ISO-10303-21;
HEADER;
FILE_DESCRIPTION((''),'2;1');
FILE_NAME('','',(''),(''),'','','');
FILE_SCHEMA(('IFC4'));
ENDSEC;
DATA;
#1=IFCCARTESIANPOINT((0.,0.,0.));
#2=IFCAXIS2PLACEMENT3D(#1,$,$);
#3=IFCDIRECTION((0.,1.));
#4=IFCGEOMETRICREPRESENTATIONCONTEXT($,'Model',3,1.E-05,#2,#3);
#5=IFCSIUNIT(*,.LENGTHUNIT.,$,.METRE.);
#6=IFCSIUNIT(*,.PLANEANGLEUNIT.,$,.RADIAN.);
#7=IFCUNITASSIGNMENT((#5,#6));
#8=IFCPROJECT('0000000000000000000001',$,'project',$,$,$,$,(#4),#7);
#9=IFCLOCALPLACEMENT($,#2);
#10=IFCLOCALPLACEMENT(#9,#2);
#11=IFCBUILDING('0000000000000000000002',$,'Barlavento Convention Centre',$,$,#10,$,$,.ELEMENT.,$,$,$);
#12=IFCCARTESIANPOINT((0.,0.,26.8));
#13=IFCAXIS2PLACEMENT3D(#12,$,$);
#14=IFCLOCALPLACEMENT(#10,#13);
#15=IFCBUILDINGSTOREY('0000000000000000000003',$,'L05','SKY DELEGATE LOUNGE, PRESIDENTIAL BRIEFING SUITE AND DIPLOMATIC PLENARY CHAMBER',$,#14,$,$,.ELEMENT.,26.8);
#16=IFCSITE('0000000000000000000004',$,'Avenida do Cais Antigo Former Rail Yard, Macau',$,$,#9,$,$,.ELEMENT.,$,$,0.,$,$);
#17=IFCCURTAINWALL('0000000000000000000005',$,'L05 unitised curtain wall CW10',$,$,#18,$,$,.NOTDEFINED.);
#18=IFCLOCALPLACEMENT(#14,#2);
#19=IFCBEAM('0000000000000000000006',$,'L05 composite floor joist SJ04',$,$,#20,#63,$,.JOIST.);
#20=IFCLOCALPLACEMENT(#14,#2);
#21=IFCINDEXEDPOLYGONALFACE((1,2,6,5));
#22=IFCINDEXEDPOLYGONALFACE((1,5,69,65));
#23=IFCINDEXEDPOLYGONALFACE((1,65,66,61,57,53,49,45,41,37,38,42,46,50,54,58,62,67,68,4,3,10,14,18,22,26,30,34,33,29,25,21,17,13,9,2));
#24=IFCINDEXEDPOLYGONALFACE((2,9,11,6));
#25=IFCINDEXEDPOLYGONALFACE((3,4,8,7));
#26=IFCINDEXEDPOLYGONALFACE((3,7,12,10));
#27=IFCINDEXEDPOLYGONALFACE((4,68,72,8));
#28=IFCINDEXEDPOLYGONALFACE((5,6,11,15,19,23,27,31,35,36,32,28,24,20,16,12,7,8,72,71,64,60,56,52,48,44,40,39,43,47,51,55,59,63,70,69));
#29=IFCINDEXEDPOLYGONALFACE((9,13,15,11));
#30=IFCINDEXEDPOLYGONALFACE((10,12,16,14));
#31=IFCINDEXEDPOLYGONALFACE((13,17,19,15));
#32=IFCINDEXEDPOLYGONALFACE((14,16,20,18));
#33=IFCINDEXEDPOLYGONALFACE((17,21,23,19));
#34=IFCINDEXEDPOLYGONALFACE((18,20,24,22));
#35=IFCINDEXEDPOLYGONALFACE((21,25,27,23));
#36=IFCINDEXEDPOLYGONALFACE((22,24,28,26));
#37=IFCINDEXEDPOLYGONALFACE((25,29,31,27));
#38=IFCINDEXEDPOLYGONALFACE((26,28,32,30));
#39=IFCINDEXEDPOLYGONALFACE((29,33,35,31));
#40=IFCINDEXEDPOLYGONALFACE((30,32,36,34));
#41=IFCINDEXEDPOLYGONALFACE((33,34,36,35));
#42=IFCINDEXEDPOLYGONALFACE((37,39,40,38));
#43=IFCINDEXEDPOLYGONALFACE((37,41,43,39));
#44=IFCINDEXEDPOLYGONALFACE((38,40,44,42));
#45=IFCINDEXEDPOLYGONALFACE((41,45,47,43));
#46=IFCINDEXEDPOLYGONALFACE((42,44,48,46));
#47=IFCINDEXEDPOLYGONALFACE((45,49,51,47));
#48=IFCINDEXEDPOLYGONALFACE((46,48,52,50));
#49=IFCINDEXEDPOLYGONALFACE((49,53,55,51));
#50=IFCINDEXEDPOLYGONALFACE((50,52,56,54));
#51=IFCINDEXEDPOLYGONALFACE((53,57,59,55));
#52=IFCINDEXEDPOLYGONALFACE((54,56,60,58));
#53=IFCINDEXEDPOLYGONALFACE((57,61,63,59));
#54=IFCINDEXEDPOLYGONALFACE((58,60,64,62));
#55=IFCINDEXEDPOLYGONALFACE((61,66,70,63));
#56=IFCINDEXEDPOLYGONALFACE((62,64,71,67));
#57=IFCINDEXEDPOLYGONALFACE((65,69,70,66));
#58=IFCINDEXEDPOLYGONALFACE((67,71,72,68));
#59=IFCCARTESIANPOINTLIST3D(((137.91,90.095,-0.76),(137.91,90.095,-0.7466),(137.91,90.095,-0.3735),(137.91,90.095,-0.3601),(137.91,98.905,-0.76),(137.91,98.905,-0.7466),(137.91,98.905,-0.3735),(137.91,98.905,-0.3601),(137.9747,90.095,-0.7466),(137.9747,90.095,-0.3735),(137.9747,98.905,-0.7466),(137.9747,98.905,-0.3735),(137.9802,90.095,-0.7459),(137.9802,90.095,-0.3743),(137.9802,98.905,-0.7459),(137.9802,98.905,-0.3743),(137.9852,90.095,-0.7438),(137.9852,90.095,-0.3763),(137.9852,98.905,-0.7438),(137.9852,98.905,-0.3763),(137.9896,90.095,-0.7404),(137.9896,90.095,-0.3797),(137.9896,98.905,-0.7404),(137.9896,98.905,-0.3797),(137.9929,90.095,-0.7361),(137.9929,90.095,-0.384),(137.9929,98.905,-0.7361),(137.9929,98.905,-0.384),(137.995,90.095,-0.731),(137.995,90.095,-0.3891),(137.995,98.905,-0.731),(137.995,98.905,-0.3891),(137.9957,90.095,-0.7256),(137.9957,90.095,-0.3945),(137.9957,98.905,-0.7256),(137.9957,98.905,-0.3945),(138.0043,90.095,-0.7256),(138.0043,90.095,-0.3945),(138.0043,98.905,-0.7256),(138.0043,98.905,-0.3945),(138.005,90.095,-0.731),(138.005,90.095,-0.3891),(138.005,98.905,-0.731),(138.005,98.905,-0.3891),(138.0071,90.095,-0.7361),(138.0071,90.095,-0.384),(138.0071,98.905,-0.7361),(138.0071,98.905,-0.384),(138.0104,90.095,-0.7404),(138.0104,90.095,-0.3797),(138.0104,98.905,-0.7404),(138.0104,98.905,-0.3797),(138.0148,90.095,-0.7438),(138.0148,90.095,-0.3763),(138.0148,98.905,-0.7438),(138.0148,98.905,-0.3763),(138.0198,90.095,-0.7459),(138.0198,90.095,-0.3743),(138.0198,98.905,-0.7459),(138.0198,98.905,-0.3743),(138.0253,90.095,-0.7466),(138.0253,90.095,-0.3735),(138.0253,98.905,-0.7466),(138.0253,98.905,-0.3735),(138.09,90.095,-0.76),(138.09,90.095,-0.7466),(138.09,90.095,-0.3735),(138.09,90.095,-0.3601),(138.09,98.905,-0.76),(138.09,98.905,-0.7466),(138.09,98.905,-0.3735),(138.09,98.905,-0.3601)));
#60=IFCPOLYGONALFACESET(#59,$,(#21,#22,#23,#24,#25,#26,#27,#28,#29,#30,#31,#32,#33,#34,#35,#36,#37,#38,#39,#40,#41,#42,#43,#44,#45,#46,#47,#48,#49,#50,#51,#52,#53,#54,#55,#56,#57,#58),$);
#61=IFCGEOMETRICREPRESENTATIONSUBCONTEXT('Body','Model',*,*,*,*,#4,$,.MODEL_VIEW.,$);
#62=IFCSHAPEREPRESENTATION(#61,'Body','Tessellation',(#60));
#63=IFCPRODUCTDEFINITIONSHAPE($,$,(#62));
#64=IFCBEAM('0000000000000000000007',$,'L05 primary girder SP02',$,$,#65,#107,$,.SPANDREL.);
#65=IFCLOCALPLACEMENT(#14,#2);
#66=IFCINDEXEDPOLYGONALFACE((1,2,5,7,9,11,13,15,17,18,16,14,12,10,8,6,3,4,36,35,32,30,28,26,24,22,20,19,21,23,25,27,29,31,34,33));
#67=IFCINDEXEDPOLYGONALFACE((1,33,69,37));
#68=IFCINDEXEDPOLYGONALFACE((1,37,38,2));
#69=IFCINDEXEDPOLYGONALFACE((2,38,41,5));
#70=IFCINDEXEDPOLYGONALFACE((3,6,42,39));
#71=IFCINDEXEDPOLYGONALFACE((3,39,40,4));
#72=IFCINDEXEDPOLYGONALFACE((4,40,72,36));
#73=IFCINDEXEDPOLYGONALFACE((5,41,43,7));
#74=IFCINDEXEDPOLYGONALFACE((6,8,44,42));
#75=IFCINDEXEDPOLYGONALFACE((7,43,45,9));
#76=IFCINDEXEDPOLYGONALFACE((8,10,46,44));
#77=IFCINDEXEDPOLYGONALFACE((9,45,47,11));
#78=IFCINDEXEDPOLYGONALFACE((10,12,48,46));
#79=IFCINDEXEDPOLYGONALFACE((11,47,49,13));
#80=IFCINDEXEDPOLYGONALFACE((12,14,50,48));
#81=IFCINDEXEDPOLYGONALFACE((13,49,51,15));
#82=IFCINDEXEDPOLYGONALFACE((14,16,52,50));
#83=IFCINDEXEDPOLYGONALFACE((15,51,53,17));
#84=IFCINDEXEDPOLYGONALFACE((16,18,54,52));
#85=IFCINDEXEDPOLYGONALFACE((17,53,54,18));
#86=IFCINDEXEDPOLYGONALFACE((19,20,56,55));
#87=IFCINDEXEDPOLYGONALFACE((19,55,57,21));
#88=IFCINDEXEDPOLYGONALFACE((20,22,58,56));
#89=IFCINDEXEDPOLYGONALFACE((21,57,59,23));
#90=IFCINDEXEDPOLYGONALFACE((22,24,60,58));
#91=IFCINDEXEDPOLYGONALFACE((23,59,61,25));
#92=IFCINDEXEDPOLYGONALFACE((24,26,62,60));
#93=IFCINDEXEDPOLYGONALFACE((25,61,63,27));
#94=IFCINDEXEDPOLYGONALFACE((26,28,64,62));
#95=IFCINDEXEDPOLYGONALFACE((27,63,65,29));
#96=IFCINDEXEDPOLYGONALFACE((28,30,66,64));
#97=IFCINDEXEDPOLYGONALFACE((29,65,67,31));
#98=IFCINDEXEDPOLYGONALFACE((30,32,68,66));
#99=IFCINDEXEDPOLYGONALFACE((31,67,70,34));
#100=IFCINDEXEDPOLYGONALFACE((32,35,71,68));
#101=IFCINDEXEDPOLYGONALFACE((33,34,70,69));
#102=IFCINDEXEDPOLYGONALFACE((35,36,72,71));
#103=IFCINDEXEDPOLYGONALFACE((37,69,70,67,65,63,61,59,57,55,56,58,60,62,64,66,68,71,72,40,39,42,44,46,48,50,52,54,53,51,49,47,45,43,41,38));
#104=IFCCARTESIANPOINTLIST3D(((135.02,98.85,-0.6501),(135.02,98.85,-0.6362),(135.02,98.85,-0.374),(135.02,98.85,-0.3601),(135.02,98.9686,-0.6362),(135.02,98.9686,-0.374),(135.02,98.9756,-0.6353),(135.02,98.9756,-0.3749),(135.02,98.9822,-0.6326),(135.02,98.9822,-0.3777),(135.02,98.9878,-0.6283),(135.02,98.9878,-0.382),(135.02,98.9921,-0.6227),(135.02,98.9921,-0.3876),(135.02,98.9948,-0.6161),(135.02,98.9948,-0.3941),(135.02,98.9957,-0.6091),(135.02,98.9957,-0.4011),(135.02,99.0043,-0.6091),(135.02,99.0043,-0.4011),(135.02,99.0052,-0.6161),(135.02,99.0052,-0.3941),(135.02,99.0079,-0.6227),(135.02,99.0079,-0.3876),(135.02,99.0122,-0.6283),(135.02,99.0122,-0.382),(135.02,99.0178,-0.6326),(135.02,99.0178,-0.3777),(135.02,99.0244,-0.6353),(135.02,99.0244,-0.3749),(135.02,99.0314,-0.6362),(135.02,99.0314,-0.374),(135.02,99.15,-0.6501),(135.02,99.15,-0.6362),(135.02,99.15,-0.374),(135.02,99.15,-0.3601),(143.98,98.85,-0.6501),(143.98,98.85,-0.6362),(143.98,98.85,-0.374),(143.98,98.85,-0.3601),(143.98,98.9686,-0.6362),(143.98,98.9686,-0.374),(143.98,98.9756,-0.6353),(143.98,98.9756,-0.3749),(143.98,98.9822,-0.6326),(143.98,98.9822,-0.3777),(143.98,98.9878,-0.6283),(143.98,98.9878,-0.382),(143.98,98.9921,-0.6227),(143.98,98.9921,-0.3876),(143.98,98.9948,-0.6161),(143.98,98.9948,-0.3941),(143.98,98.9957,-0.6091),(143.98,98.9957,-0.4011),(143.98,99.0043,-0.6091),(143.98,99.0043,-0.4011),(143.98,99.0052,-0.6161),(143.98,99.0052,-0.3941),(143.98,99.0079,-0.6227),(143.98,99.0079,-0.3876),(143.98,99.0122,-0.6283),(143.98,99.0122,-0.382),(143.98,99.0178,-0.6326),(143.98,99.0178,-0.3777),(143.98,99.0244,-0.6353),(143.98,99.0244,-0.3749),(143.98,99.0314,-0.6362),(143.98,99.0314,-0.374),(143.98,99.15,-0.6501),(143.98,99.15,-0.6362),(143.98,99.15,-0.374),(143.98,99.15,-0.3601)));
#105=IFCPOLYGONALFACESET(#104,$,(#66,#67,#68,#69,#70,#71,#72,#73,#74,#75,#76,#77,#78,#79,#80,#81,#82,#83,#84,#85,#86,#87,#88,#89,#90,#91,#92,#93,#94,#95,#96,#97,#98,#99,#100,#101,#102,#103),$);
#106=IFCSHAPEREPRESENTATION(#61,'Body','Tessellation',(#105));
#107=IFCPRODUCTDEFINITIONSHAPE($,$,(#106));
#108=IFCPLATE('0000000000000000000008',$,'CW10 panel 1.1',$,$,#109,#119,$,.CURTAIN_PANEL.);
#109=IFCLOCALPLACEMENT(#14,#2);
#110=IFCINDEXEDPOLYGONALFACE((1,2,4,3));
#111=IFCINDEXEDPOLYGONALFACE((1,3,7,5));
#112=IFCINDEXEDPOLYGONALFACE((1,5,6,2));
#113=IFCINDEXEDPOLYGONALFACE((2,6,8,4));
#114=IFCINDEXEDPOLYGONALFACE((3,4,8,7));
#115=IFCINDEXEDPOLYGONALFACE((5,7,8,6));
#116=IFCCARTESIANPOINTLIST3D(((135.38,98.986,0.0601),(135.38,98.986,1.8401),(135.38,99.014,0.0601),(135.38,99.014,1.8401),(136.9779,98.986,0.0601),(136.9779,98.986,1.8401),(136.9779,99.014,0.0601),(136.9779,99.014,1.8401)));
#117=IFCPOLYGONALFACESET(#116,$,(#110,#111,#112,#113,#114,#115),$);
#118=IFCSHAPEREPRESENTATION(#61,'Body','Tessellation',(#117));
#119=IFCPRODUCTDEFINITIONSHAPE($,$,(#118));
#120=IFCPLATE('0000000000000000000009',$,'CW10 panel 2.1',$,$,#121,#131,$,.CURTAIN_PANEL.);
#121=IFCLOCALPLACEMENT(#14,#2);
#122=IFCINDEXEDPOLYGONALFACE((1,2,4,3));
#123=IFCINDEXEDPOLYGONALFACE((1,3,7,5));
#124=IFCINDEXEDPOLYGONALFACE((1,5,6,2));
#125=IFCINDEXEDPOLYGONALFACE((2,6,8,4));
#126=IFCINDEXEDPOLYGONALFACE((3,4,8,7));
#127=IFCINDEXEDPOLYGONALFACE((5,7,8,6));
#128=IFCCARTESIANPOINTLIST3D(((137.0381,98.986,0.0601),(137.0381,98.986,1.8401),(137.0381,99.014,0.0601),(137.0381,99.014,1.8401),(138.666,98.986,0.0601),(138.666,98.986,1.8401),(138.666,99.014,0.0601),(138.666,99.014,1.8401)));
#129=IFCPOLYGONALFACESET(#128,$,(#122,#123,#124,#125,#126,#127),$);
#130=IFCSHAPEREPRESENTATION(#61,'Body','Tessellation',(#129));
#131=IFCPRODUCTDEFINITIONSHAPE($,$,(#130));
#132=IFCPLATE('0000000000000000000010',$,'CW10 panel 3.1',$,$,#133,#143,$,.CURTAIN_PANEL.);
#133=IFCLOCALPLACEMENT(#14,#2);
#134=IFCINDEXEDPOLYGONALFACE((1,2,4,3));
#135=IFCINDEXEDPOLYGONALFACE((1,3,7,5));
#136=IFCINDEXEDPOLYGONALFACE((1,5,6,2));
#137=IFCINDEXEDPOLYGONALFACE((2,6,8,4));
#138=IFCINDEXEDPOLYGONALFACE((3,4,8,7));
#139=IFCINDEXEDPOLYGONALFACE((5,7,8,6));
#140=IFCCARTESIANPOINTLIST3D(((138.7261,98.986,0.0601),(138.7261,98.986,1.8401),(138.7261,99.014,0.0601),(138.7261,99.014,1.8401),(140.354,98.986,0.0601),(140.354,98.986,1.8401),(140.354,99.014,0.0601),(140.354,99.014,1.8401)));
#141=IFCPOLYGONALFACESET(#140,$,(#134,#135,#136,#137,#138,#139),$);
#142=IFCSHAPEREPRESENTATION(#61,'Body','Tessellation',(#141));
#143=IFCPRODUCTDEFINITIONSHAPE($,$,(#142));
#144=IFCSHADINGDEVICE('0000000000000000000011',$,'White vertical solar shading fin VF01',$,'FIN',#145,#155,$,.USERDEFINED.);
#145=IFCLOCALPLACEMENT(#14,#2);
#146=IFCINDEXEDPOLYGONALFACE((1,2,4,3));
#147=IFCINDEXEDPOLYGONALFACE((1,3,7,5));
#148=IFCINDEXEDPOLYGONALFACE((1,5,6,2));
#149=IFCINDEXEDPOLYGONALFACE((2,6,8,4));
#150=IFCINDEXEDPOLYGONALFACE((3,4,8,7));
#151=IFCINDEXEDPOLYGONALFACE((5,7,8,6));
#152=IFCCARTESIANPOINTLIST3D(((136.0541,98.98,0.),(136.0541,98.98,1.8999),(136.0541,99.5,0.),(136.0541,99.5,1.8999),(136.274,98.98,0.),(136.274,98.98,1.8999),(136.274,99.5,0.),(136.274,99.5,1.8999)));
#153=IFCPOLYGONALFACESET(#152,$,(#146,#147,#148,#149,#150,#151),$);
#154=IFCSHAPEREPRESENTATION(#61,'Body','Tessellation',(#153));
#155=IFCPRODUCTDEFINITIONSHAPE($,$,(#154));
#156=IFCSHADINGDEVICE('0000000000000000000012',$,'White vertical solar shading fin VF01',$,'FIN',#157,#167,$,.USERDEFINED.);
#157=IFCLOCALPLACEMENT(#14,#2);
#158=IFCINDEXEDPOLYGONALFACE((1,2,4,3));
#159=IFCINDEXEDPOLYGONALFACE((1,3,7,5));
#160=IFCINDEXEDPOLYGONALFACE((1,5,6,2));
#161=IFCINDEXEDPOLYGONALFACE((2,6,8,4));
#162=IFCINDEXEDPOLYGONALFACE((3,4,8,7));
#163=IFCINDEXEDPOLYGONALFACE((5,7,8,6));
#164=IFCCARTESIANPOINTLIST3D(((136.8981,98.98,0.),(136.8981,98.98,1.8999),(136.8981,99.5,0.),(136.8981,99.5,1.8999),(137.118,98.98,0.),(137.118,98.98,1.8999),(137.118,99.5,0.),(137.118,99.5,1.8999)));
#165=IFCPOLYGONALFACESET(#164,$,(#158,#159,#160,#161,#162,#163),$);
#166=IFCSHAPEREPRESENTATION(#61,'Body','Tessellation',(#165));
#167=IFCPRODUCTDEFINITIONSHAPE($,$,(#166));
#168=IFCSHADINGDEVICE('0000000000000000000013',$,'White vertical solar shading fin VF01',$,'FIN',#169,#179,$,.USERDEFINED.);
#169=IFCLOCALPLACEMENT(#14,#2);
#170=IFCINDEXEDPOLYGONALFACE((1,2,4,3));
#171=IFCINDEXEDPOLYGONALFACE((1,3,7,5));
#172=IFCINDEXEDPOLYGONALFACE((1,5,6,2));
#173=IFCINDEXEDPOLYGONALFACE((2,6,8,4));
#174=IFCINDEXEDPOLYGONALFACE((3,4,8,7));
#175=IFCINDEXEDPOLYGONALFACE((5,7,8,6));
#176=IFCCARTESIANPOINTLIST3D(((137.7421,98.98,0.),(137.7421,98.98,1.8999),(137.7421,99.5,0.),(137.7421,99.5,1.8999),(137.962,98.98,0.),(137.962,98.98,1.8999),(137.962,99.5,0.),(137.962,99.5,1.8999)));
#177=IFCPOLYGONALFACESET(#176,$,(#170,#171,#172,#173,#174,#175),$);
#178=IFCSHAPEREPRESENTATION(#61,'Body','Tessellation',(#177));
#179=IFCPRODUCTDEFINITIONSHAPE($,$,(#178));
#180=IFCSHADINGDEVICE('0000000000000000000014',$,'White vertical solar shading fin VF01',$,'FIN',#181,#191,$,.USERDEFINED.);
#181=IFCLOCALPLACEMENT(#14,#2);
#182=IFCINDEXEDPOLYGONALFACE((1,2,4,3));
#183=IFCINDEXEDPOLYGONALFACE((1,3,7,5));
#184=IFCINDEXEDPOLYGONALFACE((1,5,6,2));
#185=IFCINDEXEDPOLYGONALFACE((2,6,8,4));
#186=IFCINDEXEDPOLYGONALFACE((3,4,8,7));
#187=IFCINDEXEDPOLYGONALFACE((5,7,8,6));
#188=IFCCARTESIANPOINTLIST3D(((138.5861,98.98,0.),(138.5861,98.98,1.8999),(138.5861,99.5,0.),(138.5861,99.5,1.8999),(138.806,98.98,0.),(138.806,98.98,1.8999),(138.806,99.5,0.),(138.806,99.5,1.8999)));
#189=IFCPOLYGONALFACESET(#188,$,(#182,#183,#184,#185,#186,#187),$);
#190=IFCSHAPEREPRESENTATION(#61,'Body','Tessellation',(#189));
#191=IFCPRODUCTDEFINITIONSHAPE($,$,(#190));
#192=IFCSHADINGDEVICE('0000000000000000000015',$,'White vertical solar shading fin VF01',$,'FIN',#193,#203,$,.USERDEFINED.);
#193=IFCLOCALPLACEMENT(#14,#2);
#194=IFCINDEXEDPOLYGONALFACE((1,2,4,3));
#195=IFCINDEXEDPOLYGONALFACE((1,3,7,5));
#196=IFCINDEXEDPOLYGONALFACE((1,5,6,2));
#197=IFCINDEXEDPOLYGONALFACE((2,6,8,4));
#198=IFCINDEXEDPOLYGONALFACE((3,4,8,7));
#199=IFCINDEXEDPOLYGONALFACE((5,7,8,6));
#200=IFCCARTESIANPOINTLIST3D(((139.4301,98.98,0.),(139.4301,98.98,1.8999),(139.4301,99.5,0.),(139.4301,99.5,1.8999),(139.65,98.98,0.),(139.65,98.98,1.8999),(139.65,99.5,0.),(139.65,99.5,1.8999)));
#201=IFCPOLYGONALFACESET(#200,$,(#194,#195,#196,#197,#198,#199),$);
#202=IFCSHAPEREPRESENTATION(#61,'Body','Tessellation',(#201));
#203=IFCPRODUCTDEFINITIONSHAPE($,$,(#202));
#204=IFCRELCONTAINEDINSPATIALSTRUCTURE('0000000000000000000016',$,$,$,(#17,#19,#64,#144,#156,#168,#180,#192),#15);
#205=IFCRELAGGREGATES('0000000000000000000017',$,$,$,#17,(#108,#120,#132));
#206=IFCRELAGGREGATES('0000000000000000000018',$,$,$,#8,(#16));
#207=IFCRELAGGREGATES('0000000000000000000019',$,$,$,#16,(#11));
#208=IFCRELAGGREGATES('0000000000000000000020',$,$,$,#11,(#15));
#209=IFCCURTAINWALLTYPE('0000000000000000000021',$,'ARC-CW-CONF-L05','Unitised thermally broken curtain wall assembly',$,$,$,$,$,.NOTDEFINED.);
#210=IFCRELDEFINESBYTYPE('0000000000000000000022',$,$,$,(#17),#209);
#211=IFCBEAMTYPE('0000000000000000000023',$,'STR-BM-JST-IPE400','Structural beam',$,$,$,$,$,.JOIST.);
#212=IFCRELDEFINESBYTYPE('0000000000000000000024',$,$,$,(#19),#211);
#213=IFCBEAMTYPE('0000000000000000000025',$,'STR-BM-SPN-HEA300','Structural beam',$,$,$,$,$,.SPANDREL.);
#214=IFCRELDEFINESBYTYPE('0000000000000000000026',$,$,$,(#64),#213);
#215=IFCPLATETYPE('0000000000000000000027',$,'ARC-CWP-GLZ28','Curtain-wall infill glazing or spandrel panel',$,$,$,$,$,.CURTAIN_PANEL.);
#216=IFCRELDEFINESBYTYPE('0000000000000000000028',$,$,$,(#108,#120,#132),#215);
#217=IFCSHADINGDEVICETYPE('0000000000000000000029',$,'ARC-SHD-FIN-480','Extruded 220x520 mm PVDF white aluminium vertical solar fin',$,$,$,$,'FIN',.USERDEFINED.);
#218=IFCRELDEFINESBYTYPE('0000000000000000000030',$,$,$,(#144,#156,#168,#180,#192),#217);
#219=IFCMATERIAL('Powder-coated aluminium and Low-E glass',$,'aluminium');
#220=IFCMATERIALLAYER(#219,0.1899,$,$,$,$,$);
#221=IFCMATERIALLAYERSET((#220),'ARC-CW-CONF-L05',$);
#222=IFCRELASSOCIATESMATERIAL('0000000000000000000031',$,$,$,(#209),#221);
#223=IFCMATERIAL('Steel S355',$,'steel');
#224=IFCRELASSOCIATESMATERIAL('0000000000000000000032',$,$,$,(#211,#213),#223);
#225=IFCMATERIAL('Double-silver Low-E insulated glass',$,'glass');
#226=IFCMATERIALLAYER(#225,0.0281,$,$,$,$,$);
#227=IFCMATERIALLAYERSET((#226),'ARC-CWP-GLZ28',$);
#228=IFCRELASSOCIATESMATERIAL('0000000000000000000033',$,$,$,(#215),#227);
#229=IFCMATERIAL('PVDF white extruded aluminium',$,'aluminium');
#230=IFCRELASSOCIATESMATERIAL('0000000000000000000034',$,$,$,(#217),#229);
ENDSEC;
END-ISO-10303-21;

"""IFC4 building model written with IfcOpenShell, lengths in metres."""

from ifc_helpers import new_model, si_unit, direction, frame, origin, origin_2d, place, context, subcontext, project, spatial, rectangle, i_section, extrude, material, layer, layer_set, material_profile, profile_set, type_object, element, aggregate, save


model = new_model("IFC4")

# Units and contexts
model_context = context("Model", 3, precision=1e-05, world=origin(), true_north=direction((0.0, 1.0)))
body_context = subcontext(model_context, "Body", "Model", "MODEL_VIEW")
ifc_project = project(units=[si_unit("LENGTHUNIT", "METRE"), si_unit("PLANEANGLEUNIT", "RADIAN")], contexts=[model_context])

# Site, building, storey
site_placement = place(None, origin())
site = spatial("IfcSite", under=ifc_project, at=site_placement, Name="Avenida do Cais Antigo Former Rail Yard, Macau", CompositionType="ELEMENT", RefElevation=0.0)
building_placement = place(site_placement, origin())
building = spatial("IfcBuilding", under=site, at=building_placement, Name="Barlavento Convention Centre", CompositionType="ELEMENT")
storey_placement = place(building_placement, frame((0.0, 0.0, 26.8)))
storey = spatial("IfcBuildingStorey", under=building, at=storey_placement, Name="L05", Description="SKY DELEGATE LOUNGE, PRESIDENTIAL BRIEFING SUITE AND DIPLOMATIC PLENARY CHAMBER", CompositionType="ELEMENT", Elevation=26.8)

# Curtain wall
ifc_material_1 = material(Name="Powder-coated aluminium and Low-E glass", Category="aluminium")
ifc_layer_1 = layer(ifc_material_1, 0.1899)
ifc_layer_set_1 = layer_set([ifc_layer_1], Name="ARC-CW-CONF-L05")
curtain_wall_type = type_object("IfcCurtainWallType", Name="ARC-CW-CONF-L05", Description="Unitised thermally broken curtain wall assembly", PredefinedType="NOTDEFINED", material=ifc_layer_set_1)
curtain_wall_placement = place(storey_placement, origin())
curtain_wall = element("IfcCurtainWall", 1, at=curtain_wall_placement, inside=storey, type_object=curtain_wall_type, Name="L05 unitised curtain wall CW10", PredefinedType="NOTDEFINED")

# Beams
ifc_material_2 = material(Name="Steel S355", Category="steel")
ifc_material_profile_1 = material_profile(ifc_material_2, i_section(OverallWidth=0.1799, OverallDepth=0.3999, WebThickness=0.0085, FlangeThickness=0.0134, FilletRadius=0.021, at=origin_2d()), Name="IPE 400")
ifc_profile_set_1 = profile_set([ifc_material_profile_1], Name="Steel S355")
beam_type_1 = type_object("IfcBeamType", Name="STR-BM-JST-IPE400", Description="Structural beam", PredefinedType="JOIST", material=ifc_profile_set_1)
beam_1_placement = place(storey_placement, frame((138.0, 90.095, -0.5601), z_axis=(0.0, 1.0, 0.0), x_axis=(-1.0, 0.0, 0.0)))
element("IfcBeam", 2, at=beam_1_placement, inside=storey, type_object=beam_type_1, Name="L05 composite floor joist SJ04", PredefinedType="JOIST", context=body_context, shape_type="SweptSolid", body=[
    extrude(i_section(OverallWidth=0.1799, OverallDepth=0.3999, WebThickness=0.0085, FlangeThickness=0.0134, FilletRadius=0.021, at=origin_2d()), origin(), (0.0, 0.0, 1.0), 8.8101),
])
ifc_material_profile_2 = material_profile(ifc_material_2, i_section(OverallWidth=0.3, OverallDepth=0.29, WebThickness=0.0085, FlangeThickness=0.0139, FilletRadius=0.0271, at=origin_2d()), Name="HEA 300")
ifc_profile_set_2 = profile_set([ifc_material_profile_2], Name="Steel S355")
beam_type_2 = type_object("IfcBeamType", Name="STR-BM-SPN-HEA300", Description="Structural beam", PredefinedType="SPANDREL", material=ifc_profile_set_2)
beam_2_placement = place(storey_placement, frame((135.02, 99.0, -0.5051), z_axis=(1.0, 0.0, 0.0), x_axis=(0.0, 1.0, 0.0)))
element("IfcBeam", 3, at=beam_2_placement, inside=storey, type_object=beam_type_2, Name="L05 primary girder SP02", PredefinedType="SPANDREL", context=body_context, shape_type="SweptSolid", body=[
    extrude(i_section(OverallWidth=0.3, OverallDepth=0.29, WebThickness=0.0085, FlangeThickness=0.0139, FilletRadius=0.0271, at=origin_2d()), origin(), (0.0, 0.0, 1.0), 8.96),
])

# Plates
ifc_material_3 = material(Name="Double-silver Low-E insulated glass", Category="glass")
ifc_layer_2 = layer(ifc_material_3, 0.0281)
ifc_layer_set_2 = layer_set([ifc_layer_2], Name="ARC-CWP-GLZ28")
plate_type = type_object("IfcPlateType", Name="ARC-CWP-GLZ28", Description="Curtain-wall infill glazing or spandrel panel", PredefinedType="CURTAIN_PANEL", material=ifc_layer_set_2)
plate_1_placement = place(storey_placement, frame((136.179, 99.0, 0.0601), z_axis=(0.0, 0.0, 1.0), x_axis=(1.0, 0.0, 0.0)))
plate_1 = element("IfcPlate", 4, at=plate_1_placement, type_object=plate_type, Name="CW10 panel 1.1", PredefinedType="CURTAIN_PANEL", context=body_context, shape_type="SweptSolid", body=[
    extrude(rectangle(XDim=1.5979, YDim=0.0281, at=origin_2d()), origin(), (0.0, 0.0, 1.0), 1.78),
])
plate_2_placement = place(storey_placement, frame((137.8521, 99.0, 0.0601), z_axis=(0.0, 0.0, 1.0), x_axis=(1.0, 0.0, 0.0)))
plate_2 = element("IfcPlate", 5, at=plate_2_placement, type_object=plate_type, Name="CW10 panel 2.1", PredefinedType="CURTAIN_PANEL", context=body_context, shape_type="SweptSolid", body=[
    extrude(rectangle(XDim=1.6279, YDim=0.0281, at=origin_2d()), origin(), (0.0, 0.0, 1.0), 1.78),
])
plate_3_placement = place(storey_placement, frame((139.54, 99.0, 0.0601), z_axis=(0.0, 0.0, 1.0), x_axis=(1.0, 0.0, 0.0)))
plate_3 = element("IfcPlate", 6, at=plate_3_placement, type_object=plate_type, Name="CW10 panel 3.1", PredefinedType="CURTAIN_PANEL", context=body_context, shape_type="SweptSolid", body=[
    extrude(rectangle(XDim=1.6279, YDim=0.0281, at=origin_2d()), origin(), (0.0, 0.0, 1.0), 1.78),
])
aggregate(curtain_wall, [plate_1, plate_2, plate_3])

# Shading devices
ifc_material_4 = material(Name="PVDF white extruded aluminium", Category="aluminium")
shading_device_type = type_object("IfcShadingDeviceType", Name="ARC-SHD-FIN-480", Description="Extruded 220x520 mm PVDF white aluminium vertical solar fin", ElementType="FIN", PredefinedType="USERDEFINED", material=ifc_material_4)
for number, where, z_axis, x_axis, name in (
    (7, (136.1641, 99.24, 0.0), (0.0, 0.0, 1.0), (1.0, 0.0, 0.0), "White vertical solar shading fin VF01"),
    (8, (137.0081, 99.24, 0.0), (0.0, 0.0, 1.0), (1.0, 0.0, 0.0), "White vertical solar shading fin VF01"),
    (9, (137.8521, 99.24, 0.0), (0.0, 0.0, 1.0), (1.0, 0.0, 0.0), "White vertical solar shading fin VF01"),
    (10, (138.696, 99.24, 0.0), (0.0, 0.0, 1.0), (1.0, 0.0, 0.0), "White vertical solar shading fin VF01"),
    (11, (139.54, 99.24, 0.0), (0.0, 0.0, 1.0), (1.0, 0.0, 0.0), "White vertical solar shading fin VF01"),
):
    element("IfcShadingDevice", number, at=place(storey_placement, frame(where, z_axis=z_axis, x_axis=x_axis)), inside=storey, type_object=shading_device_type, Name=name, ObjectType="FIN", PredefinedType="USERDEFINED", context=body_context, shape_type="SweptSolid", body=[
        extrude(rectangle(XDim=0.22, YDim=0.52, at=origin_2d()), origin(), (0.0, 0.0, 1.0), 1.8999),
    ])

save(model, "model.ifc")
